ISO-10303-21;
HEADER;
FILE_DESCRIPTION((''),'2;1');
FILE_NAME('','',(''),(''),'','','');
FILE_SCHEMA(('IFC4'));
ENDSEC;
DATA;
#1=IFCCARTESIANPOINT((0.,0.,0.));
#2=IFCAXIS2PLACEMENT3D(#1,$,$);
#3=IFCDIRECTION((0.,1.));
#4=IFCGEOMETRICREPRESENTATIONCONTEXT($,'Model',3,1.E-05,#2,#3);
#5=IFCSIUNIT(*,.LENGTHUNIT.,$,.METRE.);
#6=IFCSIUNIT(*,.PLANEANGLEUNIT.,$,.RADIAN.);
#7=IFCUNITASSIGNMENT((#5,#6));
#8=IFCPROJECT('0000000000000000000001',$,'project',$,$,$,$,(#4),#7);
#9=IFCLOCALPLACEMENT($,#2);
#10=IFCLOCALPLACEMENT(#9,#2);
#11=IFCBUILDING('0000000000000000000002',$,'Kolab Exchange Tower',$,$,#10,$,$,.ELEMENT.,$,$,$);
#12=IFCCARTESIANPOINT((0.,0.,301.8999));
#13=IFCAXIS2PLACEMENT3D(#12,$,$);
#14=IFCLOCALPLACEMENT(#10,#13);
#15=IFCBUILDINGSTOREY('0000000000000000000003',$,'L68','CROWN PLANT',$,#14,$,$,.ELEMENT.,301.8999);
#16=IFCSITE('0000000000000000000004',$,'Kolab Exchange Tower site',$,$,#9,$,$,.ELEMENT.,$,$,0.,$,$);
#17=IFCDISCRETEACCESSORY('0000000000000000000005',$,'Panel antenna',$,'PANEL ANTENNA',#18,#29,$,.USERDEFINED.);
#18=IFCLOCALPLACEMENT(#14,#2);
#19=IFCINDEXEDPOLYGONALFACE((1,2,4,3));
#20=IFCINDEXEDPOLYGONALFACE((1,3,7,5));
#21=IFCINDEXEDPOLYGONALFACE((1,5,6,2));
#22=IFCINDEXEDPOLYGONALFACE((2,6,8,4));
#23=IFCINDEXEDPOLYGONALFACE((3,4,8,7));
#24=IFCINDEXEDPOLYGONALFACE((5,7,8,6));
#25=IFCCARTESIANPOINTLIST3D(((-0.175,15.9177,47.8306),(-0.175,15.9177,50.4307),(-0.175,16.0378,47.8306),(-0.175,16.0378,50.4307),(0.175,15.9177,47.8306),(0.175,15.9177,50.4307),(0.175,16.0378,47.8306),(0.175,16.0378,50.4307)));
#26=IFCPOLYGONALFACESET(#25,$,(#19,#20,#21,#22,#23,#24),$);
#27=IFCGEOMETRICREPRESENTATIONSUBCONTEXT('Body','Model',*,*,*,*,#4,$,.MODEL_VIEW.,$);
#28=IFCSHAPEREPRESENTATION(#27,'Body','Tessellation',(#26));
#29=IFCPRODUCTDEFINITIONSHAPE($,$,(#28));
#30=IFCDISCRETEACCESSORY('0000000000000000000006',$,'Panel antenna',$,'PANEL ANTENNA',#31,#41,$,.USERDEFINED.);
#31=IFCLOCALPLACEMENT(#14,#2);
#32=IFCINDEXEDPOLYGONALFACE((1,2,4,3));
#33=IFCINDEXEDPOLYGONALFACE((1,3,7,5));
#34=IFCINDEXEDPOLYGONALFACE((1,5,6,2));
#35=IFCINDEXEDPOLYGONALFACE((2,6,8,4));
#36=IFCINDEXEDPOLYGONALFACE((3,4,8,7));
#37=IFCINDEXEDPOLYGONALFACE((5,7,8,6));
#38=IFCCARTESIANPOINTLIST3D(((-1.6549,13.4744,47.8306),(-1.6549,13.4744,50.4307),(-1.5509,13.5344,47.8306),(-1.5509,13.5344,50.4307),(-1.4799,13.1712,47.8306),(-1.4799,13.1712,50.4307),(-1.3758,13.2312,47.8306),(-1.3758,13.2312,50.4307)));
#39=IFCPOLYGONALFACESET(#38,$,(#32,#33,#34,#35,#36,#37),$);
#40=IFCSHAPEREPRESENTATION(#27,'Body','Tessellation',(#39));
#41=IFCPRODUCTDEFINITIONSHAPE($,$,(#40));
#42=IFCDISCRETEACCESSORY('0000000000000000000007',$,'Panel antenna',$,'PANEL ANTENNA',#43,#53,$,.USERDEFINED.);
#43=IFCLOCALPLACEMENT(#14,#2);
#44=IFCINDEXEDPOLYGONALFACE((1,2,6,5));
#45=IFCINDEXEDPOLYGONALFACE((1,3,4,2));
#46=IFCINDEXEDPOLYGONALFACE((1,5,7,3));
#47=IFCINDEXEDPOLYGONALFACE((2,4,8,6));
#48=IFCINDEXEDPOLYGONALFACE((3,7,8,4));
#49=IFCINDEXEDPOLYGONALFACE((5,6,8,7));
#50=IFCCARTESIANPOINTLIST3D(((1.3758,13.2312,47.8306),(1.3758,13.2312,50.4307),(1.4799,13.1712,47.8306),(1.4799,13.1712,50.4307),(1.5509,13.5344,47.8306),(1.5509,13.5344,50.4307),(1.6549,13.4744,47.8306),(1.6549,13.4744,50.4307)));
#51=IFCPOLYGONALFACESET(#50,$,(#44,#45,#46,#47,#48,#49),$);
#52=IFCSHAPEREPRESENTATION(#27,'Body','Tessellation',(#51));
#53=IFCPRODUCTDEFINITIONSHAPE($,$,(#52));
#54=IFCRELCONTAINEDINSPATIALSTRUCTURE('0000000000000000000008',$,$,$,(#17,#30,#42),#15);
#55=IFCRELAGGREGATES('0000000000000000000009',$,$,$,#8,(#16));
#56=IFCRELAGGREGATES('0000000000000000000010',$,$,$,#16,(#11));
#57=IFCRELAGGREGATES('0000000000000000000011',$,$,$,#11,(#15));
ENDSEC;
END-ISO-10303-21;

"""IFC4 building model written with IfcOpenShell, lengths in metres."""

from ifc_helpers import new_model, si_unit, direction, frame, origin, origin_2d, place, context, subcontext, project, spatial, rectangle, extrude, element, save


model = new_model("IFC4")

# Units and contexts
model_context = context("Model", 3, precision=1e-05, world=origin(), true_north=direction((0.0, 1.0)))
body_context = subcontext(model_context, "Body", "Model", "MODEL_VIEW")
ifc_project = project(units=[si_unit("LENGTHUNIT", "METRE"), si_unit("PLANEANGLEUNIT", "RADIAN")], contexts=[model_context])

# Site, building, storey
site_placement = place(None, origin())
site = spatial("IfcSite", under=ifc_project, at=site_placement, Name="Kolab Exchange Tower site", CompositionType="ELEMENT", RefElevation=0.0)
building_placement = place(site_placement, origin())
building = spatial("IfcBuilding", under=site, at=building_placement, Name="Kolab Exchange Tower", CompositionType="ELEMENT")
storey_placement = place(building_placement, frame((0.0, 0.0, 301.8999)))
storey = spatial("IfcBuildingStorey", under=building, at=storey_placement, Name="L68", Description="CROWN PLANT", CompositionType="ELEMENT", Elevation=301.8999)

# Discrete accessories
for number, where, z_axis, x_axis, name in (
    (1, (0.0, 15.9778, 47.8306), (0.0, 0.0, 1.0), (-1.0, 0.0, 0.0), "Panel antenna"),
    (2, (-1.5154, 13.3528, 47.8306), (0.0, 0.0, 1.0), (0.5, -0.866025, 0.0), "Panel antenna"),
    (3, (1.5154, 13.3528, 47.8306), (0.0, 0.0, 1.0), (0.5, 0.866025, 0.0), "Panel antenna"),
):
    element("IfcDiscreteAccessory", number, at=place(storey_placement, frame(where, z_axis=z_axis, x_axis=x_axis)), inside=storey, Name=name, ObjectType="PANEL ANTENNA", PredefinedType="USERDEFINED", context=body_context, shape_type="SweptSolid", body=[
        extrude(rectangle(XDim=0.3501, YDim=0.1201, at=origin_2d()), origin(), (0.0, 0.0, 1.0), 2.6001),
    ])

save(model, "model.ifc")
